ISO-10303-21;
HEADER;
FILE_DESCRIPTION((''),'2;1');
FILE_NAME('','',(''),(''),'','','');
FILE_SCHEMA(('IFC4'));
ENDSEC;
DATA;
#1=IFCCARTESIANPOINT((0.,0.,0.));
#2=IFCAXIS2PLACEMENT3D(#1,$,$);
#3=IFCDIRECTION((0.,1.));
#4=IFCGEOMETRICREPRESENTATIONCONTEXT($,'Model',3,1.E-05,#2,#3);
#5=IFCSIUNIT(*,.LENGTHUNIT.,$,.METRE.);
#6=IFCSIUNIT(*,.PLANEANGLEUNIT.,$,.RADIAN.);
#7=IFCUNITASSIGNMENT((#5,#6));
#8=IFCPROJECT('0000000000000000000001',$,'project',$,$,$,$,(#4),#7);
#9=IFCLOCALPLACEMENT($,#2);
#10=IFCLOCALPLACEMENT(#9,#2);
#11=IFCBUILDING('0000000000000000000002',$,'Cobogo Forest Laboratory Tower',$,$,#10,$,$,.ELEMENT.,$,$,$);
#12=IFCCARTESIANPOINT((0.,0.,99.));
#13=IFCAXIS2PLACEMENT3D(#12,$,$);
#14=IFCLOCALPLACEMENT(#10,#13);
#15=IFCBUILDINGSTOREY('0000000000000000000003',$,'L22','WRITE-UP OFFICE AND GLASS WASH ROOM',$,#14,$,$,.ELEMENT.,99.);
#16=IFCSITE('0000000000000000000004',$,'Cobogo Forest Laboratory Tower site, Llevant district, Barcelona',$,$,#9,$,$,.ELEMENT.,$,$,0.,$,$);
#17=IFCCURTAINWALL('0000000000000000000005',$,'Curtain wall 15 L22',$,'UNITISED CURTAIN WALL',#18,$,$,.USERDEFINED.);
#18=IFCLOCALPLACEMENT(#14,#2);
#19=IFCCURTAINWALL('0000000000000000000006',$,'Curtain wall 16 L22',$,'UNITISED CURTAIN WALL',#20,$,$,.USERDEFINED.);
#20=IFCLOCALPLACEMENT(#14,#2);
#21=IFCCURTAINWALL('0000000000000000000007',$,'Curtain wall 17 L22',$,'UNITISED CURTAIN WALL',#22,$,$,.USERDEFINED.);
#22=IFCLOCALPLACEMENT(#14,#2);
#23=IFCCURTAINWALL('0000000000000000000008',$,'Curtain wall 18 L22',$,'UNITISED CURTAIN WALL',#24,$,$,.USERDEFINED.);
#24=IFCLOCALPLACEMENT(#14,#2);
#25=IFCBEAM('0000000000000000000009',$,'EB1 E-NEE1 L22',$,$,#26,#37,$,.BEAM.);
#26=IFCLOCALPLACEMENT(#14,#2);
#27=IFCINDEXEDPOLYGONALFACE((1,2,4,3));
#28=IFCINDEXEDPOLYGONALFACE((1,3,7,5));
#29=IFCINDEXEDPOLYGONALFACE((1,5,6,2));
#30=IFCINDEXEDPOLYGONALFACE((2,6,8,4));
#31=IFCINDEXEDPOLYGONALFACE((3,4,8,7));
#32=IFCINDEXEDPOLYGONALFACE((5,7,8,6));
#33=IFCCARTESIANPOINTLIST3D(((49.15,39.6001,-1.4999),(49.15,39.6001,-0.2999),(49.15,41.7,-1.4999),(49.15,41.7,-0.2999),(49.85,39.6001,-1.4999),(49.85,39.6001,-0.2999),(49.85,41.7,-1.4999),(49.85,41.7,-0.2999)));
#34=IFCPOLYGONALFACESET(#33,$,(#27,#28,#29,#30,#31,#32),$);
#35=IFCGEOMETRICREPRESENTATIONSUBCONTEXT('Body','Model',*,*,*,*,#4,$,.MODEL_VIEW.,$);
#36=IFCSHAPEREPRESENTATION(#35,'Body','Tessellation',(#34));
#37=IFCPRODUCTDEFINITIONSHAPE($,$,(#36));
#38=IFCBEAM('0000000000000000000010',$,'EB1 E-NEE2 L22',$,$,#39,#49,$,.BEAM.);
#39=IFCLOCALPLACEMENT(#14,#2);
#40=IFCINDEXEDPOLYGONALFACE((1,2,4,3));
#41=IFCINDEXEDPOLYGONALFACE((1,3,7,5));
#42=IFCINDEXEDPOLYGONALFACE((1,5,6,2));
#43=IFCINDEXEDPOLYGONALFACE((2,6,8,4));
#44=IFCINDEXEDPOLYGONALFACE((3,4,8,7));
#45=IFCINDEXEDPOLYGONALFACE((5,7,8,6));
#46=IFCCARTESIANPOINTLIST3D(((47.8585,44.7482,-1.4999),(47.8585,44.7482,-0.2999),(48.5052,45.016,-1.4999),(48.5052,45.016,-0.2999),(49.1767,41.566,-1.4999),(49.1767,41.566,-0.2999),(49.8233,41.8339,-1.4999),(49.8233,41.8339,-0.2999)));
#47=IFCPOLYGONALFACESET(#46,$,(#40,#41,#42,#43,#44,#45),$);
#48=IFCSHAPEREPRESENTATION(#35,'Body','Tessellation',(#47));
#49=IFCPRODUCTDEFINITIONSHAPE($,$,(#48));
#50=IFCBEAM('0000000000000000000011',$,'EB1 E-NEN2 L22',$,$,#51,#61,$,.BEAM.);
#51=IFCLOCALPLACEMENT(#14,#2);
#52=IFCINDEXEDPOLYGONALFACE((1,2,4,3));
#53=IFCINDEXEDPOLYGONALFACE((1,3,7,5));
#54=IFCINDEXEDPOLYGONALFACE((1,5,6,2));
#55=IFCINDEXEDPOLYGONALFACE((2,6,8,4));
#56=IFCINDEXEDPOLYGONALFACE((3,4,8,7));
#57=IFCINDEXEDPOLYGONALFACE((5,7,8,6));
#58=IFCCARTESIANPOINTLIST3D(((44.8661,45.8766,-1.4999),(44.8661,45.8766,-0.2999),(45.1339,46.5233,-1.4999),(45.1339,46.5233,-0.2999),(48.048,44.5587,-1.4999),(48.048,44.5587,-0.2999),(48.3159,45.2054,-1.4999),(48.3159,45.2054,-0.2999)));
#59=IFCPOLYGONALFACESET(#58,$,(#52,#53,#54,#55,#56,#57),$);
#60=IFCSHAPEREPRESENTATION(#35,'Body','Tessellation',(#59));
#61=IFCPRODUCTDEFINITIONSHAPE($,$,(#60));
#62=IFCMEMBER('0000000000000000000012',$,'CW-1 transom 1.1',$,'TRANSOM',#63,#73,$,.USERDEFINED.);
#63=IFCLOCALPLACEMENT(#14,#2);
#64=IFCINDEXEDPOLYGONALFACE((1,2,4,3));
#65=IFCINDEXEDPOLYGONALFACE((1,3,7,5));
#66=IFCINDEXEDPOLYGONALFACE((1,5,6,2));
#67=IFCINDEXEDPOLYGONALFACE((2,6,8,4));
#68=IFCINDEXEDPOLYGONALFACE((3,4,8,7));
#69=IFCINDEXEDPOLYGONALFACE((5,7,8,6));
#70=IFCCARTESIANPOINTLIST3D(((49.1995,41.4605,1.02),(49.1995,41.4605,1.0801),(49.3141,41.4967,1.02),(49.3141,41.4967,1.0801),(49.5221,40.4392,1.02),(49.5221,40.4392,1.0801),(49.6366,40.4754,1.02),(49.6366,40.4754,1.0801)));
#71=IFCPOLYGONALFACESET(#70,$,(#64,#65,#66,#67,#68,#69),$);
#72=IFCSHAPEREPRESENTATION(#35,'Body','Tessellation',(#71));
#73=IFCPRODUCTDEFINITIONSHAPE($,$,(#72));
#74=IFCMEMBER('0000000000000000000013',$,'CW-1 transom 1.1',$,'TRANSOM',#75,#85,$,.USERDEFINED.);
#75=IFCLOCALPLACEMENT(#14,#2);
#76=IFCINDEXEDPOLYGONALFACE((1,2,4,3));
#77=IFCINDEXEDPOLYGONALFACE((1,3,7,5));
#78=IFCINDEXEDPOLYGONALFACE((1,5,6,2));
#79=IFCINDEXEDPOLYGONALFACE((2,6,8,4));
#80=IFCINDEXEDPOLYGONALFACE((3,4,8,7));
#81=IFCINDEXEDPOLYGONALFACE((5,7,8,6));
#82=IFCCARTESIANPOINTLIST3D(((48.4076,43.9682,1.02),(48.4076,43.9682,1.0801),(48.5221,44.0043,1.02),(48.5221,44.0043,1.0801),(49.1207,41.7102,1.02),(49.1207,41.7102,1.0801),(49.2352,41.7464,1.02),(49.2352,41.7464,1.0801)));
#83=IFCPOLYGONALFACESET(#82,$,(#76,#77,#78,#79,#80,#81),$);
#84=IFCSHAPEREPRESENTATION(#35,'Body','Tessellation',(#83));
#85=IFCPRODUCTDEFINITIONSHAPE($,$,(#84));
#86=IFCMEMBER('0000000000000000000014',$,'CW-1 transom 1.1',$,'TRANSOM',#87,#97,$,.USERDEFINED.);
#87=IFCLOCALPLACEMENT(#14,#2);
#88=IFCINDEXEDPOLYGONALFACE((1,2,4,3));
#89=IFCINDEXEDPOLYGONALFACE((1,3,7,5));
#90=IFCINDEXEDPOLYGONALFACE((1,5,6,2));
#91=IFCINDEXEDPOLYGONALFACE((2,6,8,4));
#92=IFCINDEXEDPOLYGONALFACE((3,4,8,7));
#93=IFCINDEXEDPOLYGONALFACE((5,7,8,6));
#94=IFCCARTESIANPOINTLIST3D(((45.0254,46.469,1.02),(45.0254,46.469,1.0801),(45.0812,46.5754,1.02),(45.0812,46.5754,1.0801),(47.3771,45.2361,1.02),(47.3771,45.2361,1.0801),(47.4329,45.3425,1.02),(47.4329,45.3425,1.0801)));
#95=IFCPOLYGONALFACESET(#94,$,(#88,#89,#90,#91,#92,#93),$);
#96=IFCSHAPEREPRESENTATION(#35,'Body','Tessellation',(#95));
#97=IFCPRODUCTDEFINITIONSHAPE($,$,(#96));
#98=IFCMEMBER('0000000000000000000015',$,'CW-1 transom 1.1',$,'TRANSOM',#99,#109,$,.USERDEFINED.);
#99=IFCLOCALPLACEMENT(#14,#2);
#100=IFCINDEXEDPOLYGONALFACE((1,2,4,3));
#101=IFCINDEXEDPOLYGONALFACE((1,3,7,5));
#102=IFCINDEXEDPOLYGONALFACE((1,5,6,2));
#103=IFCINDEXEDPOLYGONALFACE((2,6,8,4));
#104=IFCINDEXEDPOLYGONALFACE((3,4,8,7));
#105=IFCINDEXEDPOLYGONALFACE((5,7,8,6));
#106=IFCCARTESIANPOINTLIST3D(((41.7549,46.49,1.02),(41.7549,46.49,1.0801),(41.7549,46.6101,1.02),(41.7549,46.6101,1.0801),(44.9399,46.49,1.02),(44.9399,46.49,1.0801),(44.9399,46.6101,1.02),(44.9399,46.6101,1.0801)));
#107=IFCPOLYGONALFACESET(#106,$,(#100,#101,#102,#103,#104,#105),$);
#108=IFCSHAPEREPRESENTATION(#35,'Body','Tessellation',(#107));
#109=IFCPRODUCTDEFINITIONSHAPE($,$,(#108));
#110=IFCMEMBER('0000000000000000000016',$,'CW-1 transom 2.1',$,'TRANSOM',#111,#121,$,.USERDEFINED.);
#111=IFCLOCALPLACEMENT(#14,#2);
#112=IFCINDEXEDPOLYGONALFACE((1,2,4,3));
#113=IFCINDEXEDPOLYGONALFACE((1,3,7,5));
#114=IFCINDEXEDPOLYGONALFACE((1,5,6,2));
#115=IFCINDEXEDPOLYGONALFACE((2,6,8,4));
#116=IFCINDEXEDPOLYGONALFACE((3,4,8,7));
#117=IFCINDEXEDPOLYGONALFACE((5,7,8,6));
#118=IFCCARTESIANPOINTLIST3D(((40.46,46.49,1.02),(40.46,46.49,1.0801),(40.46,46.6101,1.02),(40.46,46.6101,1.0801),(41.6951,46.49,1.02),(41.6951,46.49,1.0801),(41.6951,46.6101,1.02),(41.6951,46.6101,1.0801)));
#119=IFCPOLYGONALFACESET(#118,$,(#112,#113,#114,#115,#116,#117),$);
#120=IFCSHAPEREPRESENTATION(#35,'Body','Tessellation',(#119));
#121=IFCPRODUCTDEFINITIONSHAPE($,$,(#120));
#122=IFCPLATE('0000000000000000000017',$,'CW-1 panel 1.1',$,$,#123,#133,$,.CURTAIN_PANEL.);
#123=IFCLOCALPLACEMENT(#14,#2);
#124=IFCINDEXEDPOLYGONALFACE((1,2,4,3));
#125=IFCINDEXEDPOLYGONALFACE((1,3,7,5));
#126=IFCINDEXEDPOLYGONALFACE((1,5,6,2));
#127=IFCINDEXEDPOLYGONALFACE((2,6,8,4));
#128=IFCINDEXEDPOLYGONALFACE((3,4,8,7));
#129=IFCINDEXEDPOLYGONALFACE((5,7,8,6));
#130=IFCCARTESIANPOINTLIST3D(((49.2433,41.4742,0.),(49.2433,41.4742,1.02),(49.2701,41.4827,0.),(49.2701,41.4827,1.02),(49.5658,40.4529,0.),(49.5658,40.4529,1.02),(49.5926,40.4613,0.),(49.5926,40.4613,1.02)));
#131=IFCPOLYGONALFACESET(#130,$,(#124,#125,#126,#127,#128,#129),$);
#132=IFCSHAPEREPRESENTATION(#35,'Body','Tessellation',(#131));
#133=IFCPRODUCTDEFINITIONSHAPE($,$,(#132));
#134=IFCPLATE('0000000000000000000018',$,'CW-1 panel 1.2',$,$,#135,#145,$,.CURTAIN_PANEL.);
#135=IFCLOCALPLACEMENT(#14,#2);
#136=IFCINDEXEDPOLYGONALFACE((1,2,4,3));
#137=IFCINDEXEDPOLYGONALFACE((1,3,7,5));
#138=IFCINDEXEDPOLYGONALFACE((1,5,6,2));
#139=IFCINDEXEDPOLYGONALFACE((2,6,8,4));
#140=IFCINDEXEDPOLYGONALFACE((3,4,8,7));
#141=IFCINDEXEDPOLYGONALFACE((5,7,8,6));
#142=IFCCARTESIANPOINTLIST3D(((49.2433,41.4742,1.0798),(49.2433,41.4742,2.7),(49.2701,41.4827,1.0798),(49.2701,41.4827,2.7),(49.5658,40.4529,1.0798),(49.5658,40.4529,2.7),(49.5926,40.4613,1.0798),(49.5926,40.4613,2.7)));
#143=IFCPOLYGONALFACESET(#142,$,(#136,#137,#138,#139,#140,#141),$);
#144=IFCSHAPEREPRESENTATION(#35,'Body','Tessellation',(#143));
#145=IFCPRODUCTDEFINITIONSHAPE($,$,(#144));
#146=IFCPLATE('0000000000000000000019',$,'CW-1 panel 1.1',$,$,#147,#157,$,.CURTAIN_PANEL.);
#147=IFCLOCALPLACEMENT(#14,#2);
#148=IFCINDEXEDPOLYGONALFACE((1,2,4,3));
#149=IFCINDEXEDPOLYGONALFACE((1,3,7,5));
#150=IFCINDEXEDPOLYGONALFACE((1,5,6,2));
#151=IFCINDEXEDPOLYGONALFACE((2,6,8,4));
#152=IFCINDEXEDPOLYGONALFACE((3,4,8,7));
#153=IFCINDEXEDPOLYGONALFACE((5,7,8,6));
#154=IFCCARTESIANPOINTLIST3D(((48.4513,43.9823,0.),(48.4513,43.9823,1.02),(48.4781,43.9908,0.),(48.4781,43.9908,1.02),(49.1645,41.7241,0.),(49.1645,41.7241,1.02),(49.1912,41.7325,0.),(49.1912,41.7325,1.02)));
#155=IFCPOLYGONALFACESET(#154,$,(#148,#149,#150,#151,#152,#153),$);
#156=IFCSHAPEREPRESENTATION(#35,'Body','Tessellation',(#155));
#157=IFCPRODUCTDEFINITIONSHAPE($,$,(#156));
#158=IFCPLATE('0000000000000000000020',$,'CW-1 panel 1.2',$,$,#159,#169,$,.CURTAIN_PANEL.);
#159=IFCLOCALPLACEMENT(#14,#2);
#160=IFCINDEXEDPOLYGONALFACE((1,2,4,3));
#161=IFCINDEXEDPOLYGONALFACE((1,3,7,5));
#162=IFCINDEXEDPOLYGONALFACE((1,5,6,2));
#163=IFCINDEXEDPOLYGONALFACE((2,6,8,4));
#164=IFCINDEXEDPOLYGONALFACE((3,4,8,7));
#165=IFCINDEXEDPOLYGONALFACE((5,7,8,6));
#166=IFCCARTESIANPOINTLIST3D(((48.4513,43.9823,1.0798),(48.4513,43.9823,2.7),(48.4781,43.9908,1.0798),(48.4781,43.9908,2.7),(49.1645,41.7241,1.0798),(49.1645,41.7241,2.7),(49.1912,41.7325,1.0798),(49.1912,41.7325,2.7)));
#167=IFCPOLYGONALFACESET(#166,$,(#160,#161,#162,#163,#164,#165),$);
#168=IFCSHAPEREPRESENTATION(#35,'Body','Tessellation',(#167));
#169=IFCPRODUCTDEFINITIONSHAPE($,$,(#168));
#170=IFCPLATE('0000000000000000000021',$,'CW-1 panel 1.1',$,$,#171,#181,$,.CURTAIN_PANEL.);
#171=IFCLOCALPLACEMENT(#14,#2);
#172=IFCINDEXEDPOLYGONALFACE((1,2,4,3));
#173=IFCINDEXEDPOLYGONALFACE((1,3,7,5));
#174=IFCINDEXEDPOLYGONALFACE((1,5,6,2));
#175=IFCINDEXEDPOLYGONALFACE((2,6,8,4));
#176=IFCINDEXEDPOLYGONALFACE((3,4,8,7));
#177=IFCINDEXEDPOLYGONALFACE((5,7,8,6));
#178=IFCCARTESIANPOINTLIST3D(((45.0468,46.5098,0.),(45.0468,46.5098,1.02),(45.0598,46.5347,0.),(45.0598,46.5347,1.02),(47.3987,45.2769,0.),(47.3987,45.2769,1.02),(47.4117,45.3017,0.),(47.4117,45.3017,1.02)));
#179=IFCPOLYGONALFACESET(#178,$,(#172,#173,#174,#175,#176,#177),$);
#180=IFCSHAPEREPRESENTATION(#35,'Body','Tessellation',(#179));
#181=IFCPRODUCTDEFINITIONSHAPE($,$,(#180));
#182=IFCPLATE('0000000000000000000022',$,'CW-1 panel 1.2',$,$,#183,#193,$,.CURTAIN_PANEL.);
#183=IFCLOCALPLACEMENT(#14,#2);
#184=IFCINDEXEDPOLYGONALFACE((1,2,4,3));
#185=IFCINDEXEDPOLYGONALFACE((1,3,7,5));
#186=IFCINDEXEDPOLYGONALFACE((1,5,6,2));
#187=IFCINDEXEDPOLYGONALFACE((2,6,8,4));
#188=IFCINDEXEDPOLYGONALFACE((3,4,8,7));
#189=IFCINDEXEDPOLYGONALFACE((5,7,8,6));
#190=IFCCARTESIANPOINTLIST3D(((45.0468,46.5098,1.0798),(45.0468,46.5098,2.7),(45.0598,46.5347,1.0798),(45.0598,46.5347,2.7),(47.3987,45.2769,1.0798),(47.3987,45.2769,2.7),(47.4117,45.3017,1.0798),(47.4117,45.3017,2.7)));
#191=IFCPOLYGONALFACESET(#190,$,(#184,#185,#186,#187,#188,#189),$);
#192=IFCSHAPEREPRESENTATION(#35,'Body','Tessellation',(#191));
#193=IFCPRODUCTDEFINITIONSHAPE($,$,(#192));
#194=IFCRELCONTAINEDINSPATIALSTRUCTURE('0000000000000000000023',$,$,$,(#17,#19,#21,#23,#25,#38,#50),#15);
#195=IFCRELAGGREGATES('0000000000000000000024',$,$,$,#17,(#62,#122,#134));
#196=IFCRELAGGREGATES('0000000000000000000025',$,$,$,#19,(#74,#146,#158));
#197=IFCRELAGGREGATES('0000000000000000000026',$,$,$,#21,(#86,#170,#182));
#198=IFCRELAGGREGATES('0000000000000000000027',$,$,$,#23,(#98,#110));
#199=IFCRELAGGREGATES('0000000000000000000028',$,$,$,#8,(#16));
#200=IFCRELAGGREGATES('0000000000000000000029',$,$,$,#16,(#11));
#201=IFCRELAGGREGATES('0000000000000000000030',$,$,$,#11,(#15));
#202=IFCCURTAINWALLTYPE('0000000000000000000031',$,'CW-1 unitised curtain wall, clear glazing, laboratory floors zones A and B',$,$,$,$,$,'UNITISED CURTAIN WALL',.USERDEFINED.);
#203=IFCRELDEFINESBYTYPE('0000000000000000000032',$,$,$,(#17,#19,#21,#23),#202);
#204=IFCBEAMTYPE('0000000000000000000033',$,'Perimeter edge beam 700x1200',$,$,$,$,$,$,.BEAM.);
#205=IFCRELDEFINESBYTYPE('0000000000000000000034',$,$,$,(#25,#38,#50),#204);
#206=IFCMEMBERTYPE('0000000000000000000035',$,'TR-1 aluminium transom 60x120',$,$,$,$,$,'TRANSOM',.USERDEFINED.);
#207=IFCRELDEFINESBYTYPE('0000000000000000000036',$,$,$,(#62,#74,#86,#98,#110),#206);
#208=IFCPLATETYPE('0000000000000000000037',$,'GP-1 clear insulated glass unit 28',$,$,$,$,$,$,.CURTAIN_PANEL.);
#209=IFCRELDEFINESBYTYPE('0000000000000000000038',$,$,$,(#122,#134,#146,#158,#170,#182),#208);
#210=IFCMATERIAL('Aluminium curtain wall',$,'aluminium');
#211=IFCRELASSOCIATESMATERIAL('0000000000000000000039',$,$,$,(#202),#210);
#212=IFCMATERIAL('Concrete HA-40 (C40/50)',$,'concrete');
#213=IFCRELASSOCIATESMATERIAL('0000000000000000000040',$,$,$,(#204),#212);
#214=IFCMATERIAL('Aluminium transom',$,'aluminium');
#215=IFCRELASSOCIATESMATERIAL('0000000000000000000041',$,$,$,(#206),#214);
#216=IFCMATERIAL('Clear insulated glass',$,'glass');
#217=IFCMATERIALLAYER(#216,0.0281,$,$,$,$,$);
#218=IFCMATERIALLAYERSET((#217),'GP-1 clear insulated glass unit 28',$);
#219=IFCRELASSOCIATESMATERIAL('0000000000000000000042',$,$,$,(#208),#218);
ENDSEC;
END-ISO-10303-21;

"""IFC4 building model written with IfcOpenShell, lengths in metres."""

from ifc_helpers import new_model, si_unit, direction, frame, origin, origin_2d, place, context, subcontext, project, spatial, rectangle, extrude, material, layer, layer_set, material_profile, profile_set, type_object, element, aggregate, save


model = new_model("IFC4")

# Units and contexts
model_context = context("Model", 3, precision=1e-05, world=origin(), true_north=direction((0.0, 1.0)))
body_context = subcontext(model_context, "Body", "Model", "MODEL_VIEW")
ifc_project = project(units=[si_unit("LENGTHUNIT", "METRE"), si_unit("PLANEANGLEUNIT", "RADIAN")], contexts=[model_context])

# Site, building, storey
site_placement = place(None, origin())
site = spatial("IfcSite", under=ifc_project, at=site_placement, Name="Cobogo Forest Laboratory Tower site, Llevant district, Barcelona", CompositionType="ELEMENT", RefElevation=0.0)
building_placement = place(site_placement, origin())
building = spatial("IfcBuilding", under=site, at=building_placement, Name="Cobogo Forest Laboratory Tower", CompositionType="ELEMENT")
storey_placement = place(building_placement, frame((0.0, 0.0, 99.0)))
storey = spatial("IfcBuildingStorey", under=building, at=storey_placement, Name="L22", Description="WRITE-UP OFFICE AND GLASS WASH ROOM", CompositionType="ELEMENT", Elevation=99.0)

# Shared definitions
ifc_material_1 = material(Name="Concrete HA-40 (C40/50)", Category="concrete")

# Curtain walls
ifc_material_2 = material(Name="Aluminium curtain wall", Category="aluminium")
curtain_wall_type = type_object("IfcCurtainWallType", Name="CW-1 unitised curtain wall, clear glazing, laboratory floors zones A and B", ElementType="UNITISED CURTAIN WALL", PredefinedType="USERDEFINED", material=ifc_material_2)
curtain_wall_1_placement = place(storey_placement, origin())
curtain_wall_1 = element("IfcCurtainWall", 1, at=curtain_wall_1_placement, inside=storey, type_object=curtain_wall_type, Name="Curtain wall 15 L22", ObjectType="UNITISED CURTAIN WALL", PredefinedType="USERDEFINED")
curtain_wall_2_placement = place(storey_placement, origin())
curtain_wall_2 = element("IfcCurtainWall", 2, at=curtain_wall_2_placement, inside=storey, type_object=curtain_wall_type, Name="Curtain wall 16 L22", ObjectType="UNITISED CURTAIN WALL", PredefinedType="USERDEFINED")
curtain_wall_3_placement = place(storey_placement, origin())
curtain_wall_3 = element("IfcCurtainWall", 3, at=curtain_wall_3_placement, inside=storey, type_object=curtain_wall_type, Name="Curtain wall 17 L22", ObjectType="UNITISED CURTAIN WALL", PredefinedType="USERDEFINED")
curtain_wall_4_placement = place(storey_placement, origin())
curtain_wall_4 = element("IfcCurtainWall", 4, at=curtain_wall_4_placement, inside=storey, type_object=curtain_wall_type, Name="Curtain wall 18 L22", ObjectType="UNITISED CURTAIN WALL", PredefinedType="USERDEFINED")

# Beams
ifc_material_profile_1 = material_profile(ifc_material_1, rectangle(XDim=0.7, YDim=1.2, at=origin_2d()), Name="RC 700x1200")
ifc_profile_set_1 = profile_set([ifc_material_profile_1], Name="Concrete HA-40 (C40/50)")
beam_type_1 = type_object("IfcBeamType", Name="Perimeter edge beam 700x1200", PredefinedType="BEAM", material=ifc_profile_set_1)
beam_1_placement = place(storey_placement, frame((49.5, 39.6001, -0.8999), z_axis=(0.0, 1.0, 0.0), x_axis=(-1.0, 0.0, 0.0)))
element("IfcBeam", 5, at=beam_1_placement, inside=storey, type_object=beam_type_1, Name="EB1 E-NEE1 L22", PredefinedType="BEAM", context=body_context, shape_type="SweptSolid", body=[
    extrude(rectangle(XDim=0.7, YDim=1.2, at=origin_2d()), origin(), (0.0, 0.0, 1.0), 2.0999),
])
beam_2_placement = place(storey_placement, frame((49.5, 41.7, -0.8999), z_axis=(-0.382692, 0.923876, 0.0), x_axis=(-0.923876, -0.382692, 0.0)))
element("IfcBeam", 6, at=beam_2_placement, inside=storey, type_object=beam_type_1, Name="EB1 E-NEE2 L22", PredefinedType="BEAM", context=body_context, shape_type="SweptSolid", body=[
    extrude(rectangle(XDim=0.7, YDim=1.2, at=origin_2d()), origin(), (0.0, 0.0, 1.0), 3.4443),
])
beam_3_placement = place(storey_placement, frame((45.0, 46.2, -0.8999), z_axis=(0.923891, -0.382656, 0.0), x_axis=(0.382656, 0.923891, 0.0)))
element("IfcBeam", 7, at=beam_3_placement, inside=storey, type_object=beam_type_1, Name="EB1 E-NEN2 L22", PredefinedType="BEAM", context=body_context, shape_type="SweptSolid", body=[
    extrude(rectangle(XDim=0.7, YDim=1.2, at=origin_2d()), origin(), (0.0, 0.0, 1.0), 3.4441),
])

# Members
ifc_material_3 = material(Name="Aluminium transom", Category="aluminium")
ifc_material_profile_2 = material_profile(ifc_material_3, rectangle(XDim=0.1201, YDim=0.0601, at=origin_2d()), Name="AL 60x120")
ifc_profile_set_2 = profile_set([ifc_material_profile_2], Name="Aluminium transom")
member_type_1 = type_object("IfcMemberType", Name="TR-1 aluminium transom 60x120", ElementType="TRANSOM", PredefinedType="USERDEFINED", material=ifc_profile_set_2)
member_1_placement = place(storey_placement, frame((49.5793, 40.4573, 1.05), z_axis=(-0.301142, 0.953579, 0.0), x_axis=(-0.953579, -0.301142, 0.0)))
member_1 = element("IfcMember", 8, at=member_1_placement, type_object=member_type_1, Name="CW-1 transom 1.1", ObjectType="TRANSOM", PredefinedType="USERDEFINED", context=body_context, shape_type="SweptSolid", body=[
    extrude(rectangle(XDim=0.1201, YDim=0.0601, at=origin_2d()), origin(), (0.0, 0.0, 1.0), 1.071),
])
member_2_placement = place(storey_placement, frame((49.178, 41.7283, 1.05), z_axis=(-0.301156, 0.953575, 0.0), x_axis=(-0.953575, -0.301156, 0.0)))
member_2 = element("IfcMember", 9, at=member_2_placement, type_object=member_type_1, Name="CW-1 transom 1.1", ObjectType="TRANSOM", PredefinedType="USERDEFINED", context=body_context, shape_type="SweptSolid", body=[
    extrude(rectangle(XDim=0.1201, YDim=0.0601, at=origin_2d()), origin(), (0.0, 0.0, 1.0), 2.3679),
])
member_3_placement = place(storey_placement, frame((47.405, 45.2893, 1.05), z_axis=(-0.885675, 0.464306, 0.0), x_axis=(-0.464306, -0.885675, 0.0)))
member_3 = element("IfcMember", 10, at=member_3_placement, type_object=member_type_1, Name="CW-1 transom 1.1", ObjectType="TRANSOM", PredefinedType="USERDEFINED", context=body_context, shape_type="SweptSolid", body=[
    extrude(rectangle(XDim=0.1201, YDim=0.0601, at=origin_2d()), origin(), (0.0, 0.0, 1.0), 2.6553),
])
member_4_placement = place(storey_placement, frame((44.9399, 46.55, 1.05), z_axis=(-1.0, 0.0, 0.0), x_axis=(0.0, -1.0, 0.0)))
member_4 = element("IfcMember", 11, at=member_4_placement, type_object=member_type_1, Name="CW-1 transom 1.1", ObjectType="TRANSOM", PredefinedType="USERDEFINED", context=body_context, shape_type="SweptSolid", body=[
    extrude(rectangle(XDim=0.1201, YDim=0.0601, at=origin_2d()), origin(), (0.0, 0.0, 1.0), 3.1851),
])
member_5_placement = place(storey_placement, frame((41.6951, 46.55, 1.05), z_axis=(-1.0, 0.0, 0.0), x_axis=(0.0, -1.0, 0.0)))
member_5 = element("IfcMember", 12, at=member_5_placement, type_object=member_type_1, Name="CW-1 transom 2.1", ObjectType="TRANSOM", PredefinedType="USERDEFINED", context=body_context, shape_type="SweptSolid", body=[
    extrude(rectangle(XDim=0.1201, YDim=0.0601, at=origin_2d()), origin(), (0.0, 0.0, 1.0), 1.2351),
])

# Plates
ifc_material_4 = material(Name="Clear insulated glass", Category="glass")
ifc_layer_1 = layer(ifc_material_4, 0.0281)
ifc_layer_set_1 = layer_set([ifc_layer_1], Name="GP-1 clear insulated glass unit 28")
plate_type = type_object("IfcPlateType", Name="GP-1 clear insulated glass unit 28", PredefinedType="CURTAIN_PANEL", material=ifc_layer_set_1)
plate_1_placement = place(storey_placement, frame((49.418, 40.9678, 0.0), z_axis=(0.0, 0.0, 1.0), x_axis=(-0.301136, 0.953581, 0.0)))
plate_1 = element("IfcPlate", 13, at=plate_1_placement, type_object=plate_type, Name="CW-1 panel 1.1", PredefinedType="CURTAIN_PANEL", context=body_context, shape_type="SweptSolid", body=[
    extrude(rectangle(XDim=1.071, YDim=0.0281, at=origin_2d()), origin(), (0.0, 0.0, 1.0), 1.02),
])
plate_2_placement = place(storey_placement, frame((49.418, 40.9678, 1.0798), z_axis=(0.0, 0.0, 1.0), x_axis=(-0.301136, 0.953581, 0.0)))
plate_2 = element("IfcPlate", 14, at=plate_2_placement, type_object=plate_type, Name="CW-1 panel 1.2", PredefinedType="CURTAIN_PANEL", context=body_context, shape_type="SweptSolid", body=[
    extrude(rectangle(XDim=1.071, YDim=0.0281, at=origin_2d()), origin(), (0.0, 0.0, 1.0), 1.6201),
])
aggregate(curtain_wall_1, [member_1, plate_1, plate_2])
plate_3_placement = place(storey_placement, frame((48.8213, 42.8574, 0.0), z_axis=(0.0, 0.0, 1.0), x_axis=(-0.301135, 0.953581, 0.0)))
plate_3 = element("IfcPlate", 15, at=plate_3_placement, type_object=plate_type, Name="CW-1 panel 1.1", PredefinedType="CURTAIN_PANEL", context=body_context, shape_type="SweptSolid", body=[
    extrude(rectangle(XDim=2.3682, YDim=0.0281, at=origin_2d()), origin(), (0.0, 0.0, 1.0), 1.02),
])
plate_4_placement = place(storey_placement, frame((48.8213, 42.8574, 1.0798), z_axis=(0.0, 0.0, 1.0), x_axis=(-0.301135, 0.953581, 0.0)))
plate_4 = element("IfcPlate", 16, at=plate_4_placement, type_object=plate_type, Name="CW-1 panel 1.2", PredefinedType="CURTAIN_PANEL", context=body_context, shape_type="SweptSolid", body=[
    extrude(rectangle(XDim=2.3682, YDim=0.0281, at=origin_2d()), origin(), (0.0, 0.0, 1.0), 1.6201),
])
aggregate(curtain_wall_2, [member_2, plate_3, plate_4])
plate_5_placement = place(storey_placement, frame((46.2292, 45.9058, 0.0), z_axis=(0.0, 0.0, 1.0), x_axis=(-0.885687, 0.464284, 0.0)))
plate_5 = element("IfcPlate", 17, at=plate_5_placement, type_object=plate_type, Name="CW-1 panel 1.1", PredefinedType="CURTAIN_PANEL", context=body_context, shape_type="SweptSolid", body=[
    extrude(rectangle(XDim=2.6555, YDim=0.0281, at=origin_2d()), origin(), (0.0, 0.0, 1.0), 1.02),
])
plate_6_placement = place(storey_placement, frame((46.2292, 45.9058, 1.0798), z_axis=(0.0, 0.0, 1.0), x_axis=(-0.885687, 0.464284, 0.0)))
plate_6 = element("IfcPlate", 18, at=plate_6_placement, type_object=plate_type, Name="CW-1 panel 1.2", PredefinedType="CURTAIN_PANEL", context=body_context, shape_type="SweptSolid", body=[
    extrude(rectangle(XDim=2.6555, YDim=0.0281, at=origin_2d()), origin(), (0.0, 0.0, 1.0), 1.6201),
])
aggregate(curtain_wall_3, [member_3, plate_5, plate_6])
aggregate(curtain_wall_4, [member_4, member_5])

save(model, "model.ifc")
